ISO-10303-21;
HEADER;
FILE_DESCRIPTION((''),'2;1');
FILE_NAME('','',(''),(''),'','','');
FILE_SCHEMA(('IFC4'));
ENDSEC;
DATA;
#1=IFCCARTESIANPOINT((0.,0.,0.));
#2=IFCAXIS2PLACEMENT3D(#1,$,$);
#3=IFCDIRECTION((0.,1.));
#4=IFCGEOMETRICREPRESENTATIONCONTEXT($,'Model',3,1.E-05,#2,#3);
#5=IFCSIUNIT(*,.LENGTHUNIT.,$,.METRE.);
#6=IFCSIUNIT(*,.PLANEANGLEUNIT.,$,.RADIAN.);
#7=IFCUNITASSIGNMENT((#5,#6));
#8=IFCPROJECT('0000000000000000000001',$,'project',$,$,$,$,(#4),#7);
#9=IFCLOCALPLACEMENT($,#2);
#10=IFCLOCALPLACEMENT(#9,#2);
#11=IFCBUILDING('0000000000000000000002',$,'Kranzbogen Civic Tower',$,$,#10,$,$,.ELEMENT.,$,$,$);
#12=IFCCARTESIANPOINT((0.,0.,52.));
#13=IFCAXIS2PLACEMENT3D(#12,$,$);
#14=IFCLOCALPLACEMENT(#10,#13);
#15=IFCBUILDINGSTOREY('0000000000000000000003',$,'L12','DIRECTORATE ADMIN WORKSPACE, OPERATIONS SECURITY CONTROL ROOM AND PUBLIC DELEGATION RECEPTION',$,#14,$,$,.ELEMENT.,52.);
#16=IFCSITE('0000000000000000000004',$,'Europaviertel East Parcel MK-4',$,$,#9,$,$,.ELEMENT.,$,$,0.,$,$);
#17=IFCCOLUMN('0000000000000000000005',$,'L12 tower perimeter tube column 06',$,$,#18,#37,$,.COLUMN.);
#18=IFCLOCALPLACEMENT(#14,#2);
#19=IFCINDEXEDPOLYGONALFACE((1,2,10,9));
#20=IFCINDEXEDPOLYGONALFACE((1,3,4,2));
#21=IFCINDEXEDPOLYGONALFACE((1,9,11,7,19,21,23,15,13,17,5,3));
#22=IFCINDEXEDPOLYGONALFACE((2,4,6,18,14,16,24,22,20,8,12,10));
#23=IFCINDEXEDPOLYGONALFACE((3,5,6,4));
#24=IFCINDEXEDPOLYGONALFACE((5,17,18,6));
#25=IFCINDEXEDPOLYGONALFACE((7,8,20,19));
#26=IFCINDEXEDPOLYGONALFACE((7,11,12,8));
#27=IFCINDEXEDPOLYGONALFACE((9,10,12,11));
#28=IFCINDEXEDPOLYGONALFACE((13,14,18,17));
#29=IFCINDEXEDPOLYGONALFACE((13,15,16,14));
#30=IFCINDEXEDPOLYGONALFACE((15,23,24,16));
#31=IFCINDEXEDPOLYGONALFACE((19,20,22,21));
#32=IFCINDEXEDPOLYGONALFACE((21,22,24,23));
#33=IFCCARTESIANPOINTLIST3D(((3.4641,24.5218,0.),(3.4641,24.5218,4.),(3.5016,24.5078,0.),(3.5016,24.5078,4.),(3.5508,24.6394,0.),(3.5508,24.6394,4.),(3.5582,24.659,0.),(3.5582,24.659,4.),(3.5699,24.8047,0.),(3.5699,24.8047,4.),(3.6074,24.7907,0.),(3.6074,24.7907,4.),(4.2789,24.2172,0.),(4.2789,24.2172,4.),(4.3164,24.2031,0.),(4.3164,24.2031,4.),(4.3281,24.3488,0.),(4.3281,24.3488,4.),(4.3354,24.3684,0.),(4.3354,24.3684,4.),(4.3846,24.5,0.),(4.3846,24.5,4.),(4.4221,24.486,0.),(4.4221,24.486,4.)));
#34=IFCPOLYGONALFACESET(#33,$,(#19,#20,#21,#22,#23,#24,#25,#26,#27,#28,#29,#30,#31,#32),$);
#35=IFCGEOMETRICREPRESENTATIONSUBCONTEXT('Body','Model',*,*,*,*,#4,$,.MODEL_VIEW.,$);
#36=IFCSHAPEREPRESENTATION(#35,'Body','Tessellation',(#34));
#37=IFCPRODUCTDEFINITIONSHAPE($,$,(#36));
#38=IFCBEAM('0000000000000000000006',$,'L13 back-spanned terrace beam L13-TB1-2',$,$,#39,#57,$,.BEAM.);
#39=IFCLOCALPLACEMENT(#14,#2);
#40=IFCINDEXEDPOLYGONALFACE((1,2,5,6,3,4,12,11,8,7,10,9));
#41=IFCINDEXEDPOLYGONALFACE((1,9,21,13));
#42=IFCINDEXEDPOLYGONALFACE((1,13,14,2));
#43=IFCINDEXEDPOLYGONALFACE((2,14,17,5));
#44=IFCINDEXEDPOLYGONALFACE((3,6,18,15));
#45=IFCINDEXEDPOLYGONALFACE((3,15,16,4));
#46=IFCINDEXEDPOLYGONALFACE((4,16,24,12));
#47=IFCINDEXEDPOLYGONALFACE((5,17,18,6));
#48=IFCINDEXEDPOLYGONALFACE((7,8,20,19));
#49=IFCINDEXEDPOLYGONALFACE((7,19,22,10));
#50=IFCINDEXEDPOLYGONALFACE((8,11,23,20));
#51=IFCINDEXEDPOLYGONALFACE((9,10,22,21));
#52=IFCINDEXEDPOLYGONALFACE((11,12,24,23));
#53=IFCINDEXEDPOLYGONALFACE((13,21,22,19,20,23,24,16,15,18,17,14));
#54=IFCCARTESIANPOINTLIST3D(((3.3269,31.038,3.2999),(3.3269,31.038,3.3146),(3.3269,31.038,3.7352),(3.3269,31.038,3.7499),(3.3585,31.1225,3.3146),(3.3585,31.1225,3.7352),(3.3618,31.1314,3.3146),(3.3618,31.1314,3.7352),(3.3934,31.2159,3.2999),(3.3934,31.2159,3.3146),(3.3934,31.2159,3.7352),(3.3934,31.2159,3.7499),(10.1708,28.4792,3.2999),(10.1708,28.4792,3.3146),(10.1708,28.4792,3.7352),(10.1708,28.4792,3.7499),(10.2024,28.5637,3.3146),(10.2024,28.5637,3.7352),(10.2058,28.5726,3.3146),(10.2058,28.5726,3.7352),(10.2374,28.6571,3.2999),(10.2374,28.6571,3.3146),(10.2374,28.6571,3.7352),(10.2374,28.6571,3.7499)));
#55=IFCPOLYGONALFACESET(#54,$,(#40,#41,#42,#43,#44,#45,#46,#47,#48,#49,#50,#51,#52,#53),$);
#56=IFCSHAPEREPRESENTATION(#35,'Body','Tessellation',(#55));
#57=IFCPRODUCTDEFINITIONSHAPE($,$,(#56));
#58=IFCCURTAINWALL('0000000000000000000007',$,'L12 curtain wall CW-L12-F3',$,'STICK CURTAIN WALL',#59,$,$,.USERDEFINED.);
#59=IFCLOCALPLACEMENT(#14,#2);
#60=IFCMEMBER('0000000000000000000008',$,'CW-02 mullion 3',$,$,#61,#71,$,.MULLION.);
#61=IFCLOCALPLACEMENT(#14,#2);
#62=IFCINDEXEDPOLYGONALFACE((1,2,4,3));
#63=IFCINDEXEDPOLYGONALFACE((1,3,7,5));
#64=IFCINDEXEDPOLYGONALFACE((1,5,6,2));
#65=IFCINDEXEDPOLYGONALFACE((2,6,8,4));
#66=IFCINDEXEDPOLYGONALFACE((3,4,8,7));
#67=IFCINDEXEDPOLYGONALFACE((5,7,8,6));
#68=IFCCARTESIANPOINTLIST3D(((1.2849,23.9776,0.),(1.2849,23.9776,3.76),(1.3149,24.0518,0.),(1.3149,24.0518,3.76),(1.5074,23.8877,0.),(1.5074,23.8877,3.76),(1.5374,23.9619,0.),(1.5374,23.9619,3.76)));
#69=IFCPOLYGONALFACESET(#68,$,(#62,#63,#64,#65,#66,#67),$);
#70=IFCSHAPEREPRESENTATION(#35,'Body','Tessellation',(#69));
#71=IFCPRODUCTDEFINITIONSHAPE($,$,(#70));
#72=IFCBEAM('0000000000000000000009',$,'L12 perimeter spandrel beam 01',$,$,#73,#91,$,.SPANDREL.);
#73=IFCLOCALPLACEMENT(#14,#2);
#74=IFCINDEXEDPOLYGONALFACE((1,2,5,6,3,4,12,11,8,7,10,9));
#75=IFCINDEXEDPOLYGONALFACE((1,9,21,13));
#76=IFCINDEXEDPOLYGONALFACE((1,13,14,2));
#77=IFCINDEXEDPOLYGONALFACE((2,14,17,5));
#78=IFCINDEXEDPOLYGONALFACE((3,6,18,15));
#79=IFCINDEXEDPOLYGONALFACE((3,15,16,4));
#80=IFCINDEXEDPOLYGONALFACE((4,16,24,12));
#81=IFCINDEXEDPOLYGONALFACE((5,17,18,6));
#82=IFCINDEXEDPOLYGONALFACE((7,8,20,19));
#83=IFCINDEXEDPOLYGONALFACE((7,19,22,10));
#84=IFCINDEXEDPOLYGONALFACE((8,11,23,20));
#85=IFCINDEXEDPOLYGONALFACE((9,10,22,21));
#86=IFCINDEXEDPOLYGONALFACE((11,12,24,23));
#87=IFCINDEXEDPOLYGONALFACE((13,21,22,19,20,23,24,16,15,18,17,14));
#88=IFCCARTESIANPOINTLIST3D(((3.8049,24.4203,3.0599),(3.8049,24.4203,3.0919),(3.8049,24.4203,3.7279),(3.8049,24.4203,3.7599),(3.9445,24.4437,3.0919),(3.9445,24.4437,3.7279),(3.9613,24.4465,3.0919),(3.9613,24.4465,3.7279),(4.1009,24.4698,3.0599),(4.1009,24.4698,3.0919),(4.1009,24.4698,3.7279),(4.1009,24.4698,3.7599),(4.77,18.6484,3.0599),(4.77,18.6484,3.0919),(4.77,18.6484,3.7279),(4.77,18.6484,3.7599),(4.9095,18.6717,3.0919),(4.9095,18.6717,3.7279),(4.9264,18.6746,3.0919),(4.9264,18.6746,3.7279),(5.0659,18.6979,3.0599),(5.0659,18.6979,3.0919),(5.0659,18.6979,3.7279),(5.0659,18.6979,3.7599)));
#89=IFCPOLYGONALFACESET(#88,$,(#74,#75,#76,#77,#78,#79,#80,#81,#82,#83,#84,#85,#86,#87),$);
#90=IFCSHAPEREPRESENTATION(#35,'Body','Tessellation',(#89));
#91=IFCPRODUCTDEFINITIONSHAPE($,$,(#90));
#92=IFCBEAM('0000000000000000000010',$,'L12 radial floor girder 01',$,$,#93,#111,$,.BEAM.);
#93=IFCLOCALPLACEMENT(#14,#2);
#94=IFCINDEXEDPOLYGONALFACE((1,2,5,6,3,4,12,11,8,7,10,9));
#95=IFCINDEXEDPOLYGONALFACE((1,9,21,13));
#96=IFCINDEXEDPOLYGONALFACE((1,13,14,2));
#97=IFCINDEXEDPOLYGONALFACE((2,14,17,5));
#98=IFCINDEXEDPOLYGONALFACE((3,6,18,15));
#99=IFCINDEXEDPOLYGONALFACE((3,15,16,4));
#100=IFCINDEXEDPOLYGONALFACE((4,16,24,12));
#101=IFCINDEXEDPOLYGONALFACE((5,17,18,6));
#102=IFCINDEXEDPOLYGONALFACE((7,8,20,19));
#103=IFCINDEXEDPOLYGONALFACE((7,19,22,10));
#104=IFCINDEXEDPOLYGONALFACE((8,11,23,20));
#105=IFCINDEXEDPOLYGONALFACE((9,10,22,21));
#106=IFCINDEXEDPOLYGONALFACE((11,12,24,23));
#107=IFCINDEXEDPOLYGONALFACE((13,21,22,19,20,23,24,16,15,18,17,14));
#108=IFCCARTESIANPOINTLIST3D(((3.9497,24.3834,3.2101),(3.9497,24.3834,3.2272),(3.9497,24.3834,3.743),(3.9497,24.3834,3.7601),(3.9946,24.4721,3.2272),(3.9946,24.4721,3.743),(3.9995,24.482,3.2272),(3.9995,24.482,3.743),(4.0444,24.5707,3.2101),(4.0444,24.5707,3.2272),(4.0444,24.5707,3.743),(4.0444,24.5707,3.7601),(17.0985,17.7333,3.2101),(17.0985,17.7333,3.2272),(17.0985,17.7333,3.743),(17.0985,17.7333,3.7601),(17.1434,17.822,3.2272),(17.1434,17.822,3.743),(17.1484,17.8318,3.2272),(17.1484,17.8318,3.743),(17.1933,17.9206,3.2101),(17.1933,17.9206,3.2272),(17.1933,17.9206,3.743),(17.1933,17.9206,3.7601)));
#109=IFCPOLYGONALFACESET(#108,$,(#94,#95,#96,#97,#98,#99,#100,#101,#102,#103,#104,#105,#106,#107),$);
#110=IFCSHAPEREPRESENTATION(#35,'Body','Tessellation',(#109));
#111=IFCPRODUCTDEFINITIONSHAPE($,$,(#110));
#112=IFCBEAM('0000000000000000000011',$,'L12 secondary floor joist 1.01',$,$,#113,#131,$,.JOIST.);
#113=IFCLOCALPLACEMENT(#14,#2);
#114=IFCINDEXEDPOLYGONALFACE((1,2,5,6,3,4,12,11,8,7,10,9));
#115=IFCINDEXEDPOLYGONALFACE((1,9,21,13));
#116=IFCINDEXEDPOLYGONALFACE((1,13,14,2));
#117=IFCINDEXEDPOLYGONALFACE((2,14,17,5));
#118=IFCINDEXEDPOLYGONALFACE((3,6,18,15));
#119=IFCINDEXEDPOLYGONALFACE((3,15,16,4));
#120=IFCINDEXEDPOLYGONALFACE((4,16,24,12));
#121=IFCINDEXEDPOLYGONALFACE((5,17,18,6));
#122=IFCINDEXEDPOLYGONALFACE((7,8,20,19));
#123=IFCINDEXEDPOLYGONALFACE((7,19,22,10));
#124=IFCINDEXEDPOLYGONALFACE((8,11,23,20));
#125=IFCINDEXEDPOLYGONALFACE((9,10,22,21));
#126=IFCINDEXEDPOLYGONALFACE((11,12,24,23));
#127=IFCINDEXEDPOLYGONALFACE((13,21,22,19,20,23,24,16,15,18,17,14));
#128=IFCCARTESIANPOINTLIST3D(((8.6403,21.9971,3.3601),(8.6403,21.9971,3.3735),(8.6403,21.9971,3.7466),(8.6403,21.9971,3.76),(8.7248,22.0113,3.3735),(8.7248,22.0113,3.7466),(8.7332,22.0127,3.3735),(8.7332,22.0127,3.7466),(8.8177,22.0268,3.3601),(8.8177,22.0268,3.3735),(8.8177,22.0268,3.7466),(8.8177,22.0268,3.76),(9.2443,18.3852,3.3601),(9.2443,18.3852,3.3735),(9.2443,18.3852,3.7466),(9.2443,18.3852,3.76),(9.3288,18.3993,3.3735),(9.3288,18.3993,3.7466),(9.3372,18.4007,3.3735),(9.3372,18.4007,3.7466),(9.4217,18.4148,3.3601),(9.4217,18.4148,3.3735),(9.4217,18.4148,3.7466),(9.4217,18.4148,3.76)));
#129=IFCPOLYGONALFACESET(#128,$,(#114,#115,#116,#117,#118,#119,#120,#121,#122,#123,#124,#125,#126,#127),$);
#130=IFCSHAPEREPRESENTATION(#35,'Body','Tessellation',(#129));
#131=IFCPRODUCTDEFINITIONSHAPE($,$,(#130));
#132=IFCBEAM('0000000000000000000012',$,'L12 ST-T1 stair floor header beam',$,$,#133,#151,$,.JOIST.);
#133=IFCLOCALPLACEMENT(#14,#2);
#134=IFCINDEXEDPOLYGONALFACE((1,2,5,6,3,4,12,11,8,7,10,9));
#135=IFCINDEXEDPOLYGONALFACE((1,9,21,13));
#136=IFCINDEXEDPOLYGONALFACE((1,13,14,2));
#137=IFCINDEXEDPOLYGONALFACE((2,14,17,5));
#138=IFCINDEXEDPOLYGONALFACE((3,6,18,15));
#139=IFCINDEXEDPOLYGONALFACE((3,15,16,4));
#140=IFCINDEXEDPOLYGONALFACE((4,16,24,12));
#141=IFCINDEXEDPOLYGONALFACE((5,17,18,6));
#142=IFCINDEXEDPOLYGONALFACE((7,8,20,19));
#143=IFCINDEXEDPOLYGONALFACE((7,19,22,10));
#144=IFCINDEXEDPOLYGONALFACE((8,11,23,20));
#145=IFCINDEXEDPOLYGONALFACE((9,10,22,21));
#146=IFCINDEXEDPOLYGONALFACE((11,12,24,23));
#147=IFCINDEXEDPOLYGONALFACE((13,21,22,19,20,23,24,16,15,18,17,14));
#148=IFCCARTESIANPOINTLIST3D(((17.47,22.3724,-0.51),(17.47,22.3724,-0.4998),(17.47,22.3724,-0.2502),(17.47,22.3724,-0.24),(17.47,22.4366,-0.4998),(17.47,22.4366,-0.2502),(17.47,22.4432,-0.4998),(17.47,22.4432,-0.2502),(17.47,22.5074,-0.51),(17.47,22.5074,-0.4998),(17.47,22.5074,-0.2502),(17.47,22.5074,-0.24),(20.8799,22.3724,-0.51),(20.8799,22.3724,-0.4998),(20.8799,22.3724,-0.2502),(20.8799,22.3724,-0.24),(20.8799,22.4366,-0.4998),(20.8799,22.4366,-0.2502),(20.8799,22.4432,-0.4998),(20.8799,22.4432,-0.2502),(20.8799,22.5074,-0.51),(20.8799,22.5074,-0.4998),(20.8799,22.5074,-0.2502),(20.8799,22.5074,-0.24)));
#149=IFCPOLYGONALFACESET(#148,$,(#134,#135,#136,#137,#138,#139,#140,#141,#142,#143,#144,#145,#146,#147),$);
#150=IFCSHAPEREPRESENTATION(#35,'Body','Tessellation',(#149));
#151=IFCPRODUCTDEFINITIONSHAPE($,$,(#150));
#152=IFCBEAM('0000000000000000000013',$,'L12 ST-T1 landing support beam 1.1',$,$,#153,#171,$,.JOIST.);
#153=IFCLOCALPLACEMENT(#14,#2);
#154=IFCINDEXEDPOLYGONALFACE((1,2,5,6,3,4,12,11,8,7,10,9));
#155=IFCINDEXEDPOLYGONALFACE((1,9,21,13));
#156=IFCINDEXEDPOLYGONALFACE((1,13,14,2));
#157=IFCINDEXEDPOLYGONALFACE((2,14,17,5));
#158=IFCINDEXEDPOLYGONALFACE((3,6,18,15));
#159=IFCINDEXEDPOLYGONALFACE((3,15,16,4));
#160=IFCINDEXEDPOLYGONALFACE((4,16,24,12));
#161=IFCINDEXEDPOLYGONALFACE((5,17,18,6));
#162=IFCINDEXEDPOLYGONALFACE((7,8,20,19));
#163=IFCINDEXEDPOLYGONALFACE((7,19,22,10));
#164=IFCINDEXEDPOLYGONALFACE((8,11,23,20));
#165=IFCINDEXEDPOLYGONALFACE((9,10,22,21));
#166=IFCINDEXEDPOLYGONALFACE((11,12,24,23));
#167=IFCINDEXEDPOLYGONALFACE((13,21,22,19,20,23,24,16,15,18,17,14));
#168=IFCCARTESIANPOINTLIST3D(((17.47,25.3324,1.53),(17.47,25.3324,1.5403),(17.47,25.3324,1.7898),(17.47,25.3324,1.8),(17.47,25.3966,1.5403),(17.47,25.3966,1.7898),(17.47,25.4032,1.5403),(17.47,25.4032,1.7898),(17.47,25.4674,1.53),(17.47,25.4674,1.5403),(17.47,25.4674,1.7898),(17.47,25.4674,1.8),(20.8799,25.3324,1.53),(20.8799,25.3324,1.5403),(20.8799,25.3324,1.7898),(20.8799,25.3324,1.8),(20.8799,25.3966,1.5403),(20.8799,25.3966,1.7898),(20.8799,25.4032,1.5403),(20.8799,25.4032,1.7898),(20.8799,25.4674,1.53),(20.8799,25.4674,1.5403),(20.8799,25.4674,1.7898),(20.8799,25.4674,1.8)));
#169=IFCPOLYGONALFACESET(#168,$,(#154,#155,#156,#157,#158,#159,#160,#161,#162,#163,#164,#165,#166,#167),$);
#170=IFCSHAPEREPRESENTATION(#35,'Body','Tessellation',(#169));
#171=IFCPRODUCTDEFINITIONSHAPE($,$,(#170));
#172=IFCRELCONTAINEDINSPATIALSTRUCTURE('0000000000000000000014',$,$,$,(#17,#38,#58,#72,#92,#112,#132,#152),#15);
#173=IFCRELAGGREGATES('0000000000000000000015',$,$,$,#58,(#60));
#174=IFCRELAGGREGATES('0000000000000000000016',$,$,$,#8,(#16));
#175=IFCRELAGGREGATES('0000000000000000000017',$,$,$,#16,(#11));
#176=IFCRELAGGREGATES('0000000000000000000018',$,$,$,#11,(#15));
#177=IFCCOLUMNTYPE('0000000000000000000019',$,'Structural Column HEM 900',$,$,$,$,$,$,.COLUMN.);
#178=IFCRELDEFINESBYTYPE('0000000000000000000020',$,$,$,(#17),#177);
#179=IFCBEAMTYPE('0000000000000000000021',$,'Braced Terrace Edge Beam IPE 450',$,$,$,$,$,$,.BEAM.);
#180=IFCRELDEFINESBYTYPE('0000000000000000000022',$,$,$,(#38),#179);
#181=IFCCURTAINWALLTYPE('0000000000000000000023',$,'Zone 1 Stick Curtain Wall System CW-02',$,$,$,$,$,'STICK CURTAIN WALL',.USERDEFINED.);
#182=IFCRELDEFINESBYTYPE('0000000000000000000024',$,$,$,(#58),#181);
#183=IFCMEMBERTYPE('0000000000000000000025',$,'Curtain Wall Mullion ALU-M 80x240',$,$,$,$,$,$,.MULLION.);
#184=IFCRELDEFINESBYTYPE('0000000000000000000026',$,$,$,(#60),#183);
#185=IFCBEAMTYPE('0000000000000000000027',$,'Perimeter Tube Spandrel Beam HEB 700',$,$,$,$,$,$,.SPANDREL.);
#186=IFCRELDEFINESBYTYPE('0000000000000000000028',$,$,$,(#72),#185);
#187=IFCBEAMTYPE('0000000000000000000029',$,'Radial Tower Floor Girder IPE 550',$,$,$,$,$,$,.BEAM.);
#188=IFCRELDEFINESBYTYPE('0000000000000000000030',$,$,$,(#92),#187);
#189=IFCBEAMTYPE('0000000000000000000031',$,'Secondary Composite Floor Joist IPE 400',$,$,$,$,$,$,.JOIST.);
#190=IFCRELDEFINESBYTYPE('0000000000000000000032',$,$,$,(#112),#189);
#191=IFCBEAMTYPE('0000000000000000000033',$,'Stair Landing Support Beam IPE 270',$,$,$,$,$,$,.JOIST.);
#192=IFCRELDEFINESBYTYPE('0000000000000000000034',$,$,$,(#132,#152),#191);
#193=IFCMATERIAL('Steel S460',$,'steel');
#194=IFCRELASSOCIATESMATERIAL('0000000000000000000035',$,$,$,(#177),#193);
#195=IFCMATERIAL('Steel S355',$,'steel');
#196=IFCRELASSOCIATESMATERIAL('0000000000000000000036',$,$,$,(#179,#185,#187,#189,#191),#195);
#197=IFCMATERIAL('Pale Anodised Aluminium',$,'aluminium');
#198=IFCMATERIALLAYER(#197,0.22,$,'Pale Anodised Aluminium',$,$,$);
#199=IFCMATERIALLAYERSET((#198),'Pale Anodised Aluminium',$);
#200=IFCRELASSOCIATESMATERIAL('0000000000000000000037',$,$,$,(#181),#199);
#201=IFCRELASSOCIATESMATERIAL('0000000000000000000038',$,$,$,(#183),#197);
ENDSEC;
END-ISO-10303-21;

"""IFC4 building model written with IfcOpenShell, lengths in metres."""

from ifc_helpers import new_model, si_unit, direction, frame, origin, origin_2d, place, context, subcontext, project, spatial, rectangle, i_section, extrude, material, layer, layer_set, material_profile, profile_set, type_object, element, aggregate, save


model = new_model("IFC4")

# Units and contexts
model_context = context("Model", 3, precision=1e-05, world=origin(), true_north=direction((0.0, 1.0)))
body_context = subcontext(model_context, "Body", "Model", "MODEL_VIEW")
ifc_project = project(units=[si_unit("LENGTHUNIT", "METRE"), si_unit("PLANEANGLEUNIT", "RADIAN")], contexts=[model_context])

# Site, building, storey
site_placement = place(None, origin())
site = spatial("IfcSite", under=ifc_project, at=site_placement, Name="Europaviertel East Parcel MK-4", CompositionType="ELEMENT", RefElevation=0.0)
building_placement = place(site_placement, origin())
building = spatial("IfcBuilding", under=site, at=building_placement, Name="Kranzbogen Civic Tower", CompositionType="ELEMENT")
storey_placement = place(building_placement, frame((0.0, 0.0, 52.0)))
storey = spatial("IfcBuildingStorey", under=building, at=storey_placement, Name="L12", Description="DIRECTORATE ADMIN WORKSPACE, OPERATIONS SECURITY CONTROL ROOM AND PUBLIC DELEGATION RECEPTION", CompositionType="ELEMENT", Elevation=52.0)

# Column
ifc_material_1 = material(Name="Steel S460", Category="steel")
ifc_material_profile_1 = material_profile(ifc_material_1, i_section(OverallWidth=0.302, OverallDepth=0.9099, WebThickness=0.021, FlangeThickness=0.04, at=origin_2d()), Name="HEM 900")
ifc_profile_set_1 = profile_set([ifc_material_profile_1], Name="Steel S460")
column_type = type_object("IfcColumnType", Name="Structural Column HEM 900", PredefinedType="COLUMN", material=ifc_profile_set_1)
column_placement = place(storey_placement, frame((3.9431, 24.5039, 0.0), z_axis=(0.0, 0.0, 1.0), x_axis=(0.350207, 0.936672, 0.0)))
element("IfcColumn", 1, at=column_placement, inside=storey, type_object=column_type, Name="L12 tower perimeter tube column 06", PredefinedType="COLUMN", context=body_context, shape_type="SweptSolid", body=[
    extrude(i_section(OverallWidth=0.302, OverallDepth=0.9099, WebThickness=0.021, FlangeThickness=0.04, at=origin_2d()), origin(), (0.0, 0.0, 1.0), 4.0),
])

# Beam
ifc_material_2 = material(Name="Steel S355", Category="steel")
ifc_material_profile_2 = material_profile(ifc_material_2, i_section(OverallWidth=0.1899, OverallDepth=0.45, WebThickness=0.0095, FlangeThickness=0.0146, at=origin_2d()), Name="IPE 450")
ifc_profile_set_2 = profile_set([ifc_material_profile_2], Name="Steel S355")
beam_type_1 = type_object("IfcBeamType", Name="Braced Terrace Edge Beam IPE 450", PredefinedType="BEAM", material=ifc_profile_set_2)
beam_1_placement = place(storey_placement, frame((10.2041, 28.5681, 3.5249), z_axis=(-0.936673, 0.350204, 0.0), x_axis=(-0.350204, -0.936673, 0.0)))
element("IfcBeam", 2, at=beam_1_placement, inside=storey, type_object=beam_type_1, Name="L13 back-spanned terrace beam L13-TB1-2", PredefinedType="BEAM", context=body_context, shape_type="SweptSolid", body=[
    extrude(i_section(OverallWidth=0.1899, OverallDepth=0.45, WebThickness=0.0095, FlangeThickness=0.0146, at=origin_2d()), origin(), (0.0, 0.0, 1.0), 7.3066),
])

# Curtain wall, member
ifc_material_3 = material(Name="Pale Anodised Aluminium", Category="aluminium")
ifc_layer_1 = layer(ifc_material_3, 0.22, Name="Pale Anodised Aluminium")
ifc_layer_set_1 = layer_set([ifc_layer_1], Name="Pale Anodised Aluminium")
curtain_wall_type = type_object("IfcCurtainWallType", Name="Zone 1 Stick Curtain Wall System CW-02", ElementType="STICK CURTAIN WALL", PredefinedType="USERDEFINED", material=ifc_layer_set_1)
curtain_wall_placement = place(storey_placement, origin())
curtain_wall = element("IfcCurtainWall", 3, at=curtain_wall_placement, inside=storey, type_object=curtain_wall_type, Name="L12 curtain wall CW-L12-F3", ObjectType="STICK CURTAIN WALL", PredefinedType="USERDEFINED")
ifc_material_profile_3 = material_profile(ifc_material_3, rectangle(XDim=0.0801, YDim=0.24, at=origin_2d()), Name="ALU-M 80x240")
ifc_profile_set_3 = profile_set([ifc_material_profile_3], Name="Pale Anodised Aluminium")
member_type = type_object("IfcMemberType", Name="Curtain Wall Mullion ALU-M 80x240", PredefinedType="MULLION", material=ifc_profile_set_3)
member_placement = place(storey_placement, frame((1.4111, 23.9697, 0.0), z_axis=(0.0, 0.0, 1.0), x_axis=(-0.374583, -0.927193, 0.0)))
member = element("IfcMember", 4, at=member_placement, type_object=member_type, Name="CW-02 mullion 3", PredefinedType="MULLION", context=body_context, shape_type="SweptSolid", body=[
    extrude(rectangle(XDim=0.0801, YDim=0.24, at=origin_2d()), origin(), (0.0, 0.0, 1.0), 3.76),
])

# Beams
ifc_material_profile_4 = material_profile(ifc_material_2, i_section(OverallWidth=0.3, OverallDepth=0.7, WebThickness=0.0171, FlangeThickness=0.032, at=origin_2d()), Name="HEB 700")
ifc_profile_set_4 = profile_set([ifc_material_profile_4], Name="Steel S355")
beam_type_2 = type_object("IfcBeamType", Name="Perimeter Tube Spandrel Beam HEB 700", PredefinedType="SPANDREL", material=ifc_profile_set_4)
beam_2_placement = place(storey_placement, frame((3.9529, 24.4451, 3.4099), z_axis=(0.164913, -0.986308, 0.0), x_axis=(0.986308, 0.164913, 0.0)))
element("IfcBeam", 5, at=beam_2_placement, inside=storey, type_object=beam_type_2, Name="L12 perimeter spandrel beam 01", PredefinedType="SPANDREL", context=body_context, shape_type="SweptSolid", body=[
    extrude(i_section(OverallWidth=0.3, OverallDepth=0.7, WebThickness=0.0171, FlangeThickness=0.032, at=origin_2d()), origin(), (0.0, 0.0, 1.0), 5.8521),
])
ifc_material_profile_5 = material_profile(ifc_material_2, i_section(OverallWidth=0.21, OverallDepth=0.55, WebThickness=0.011, FlangeThickness=0.0171, at=origin_2d()), Name="IPE 550")
ifc_profile_set_5 = profile_set([ifc_material_profile_5], Name="Steel S355")
beam_type_3 = type_object("IfcBeamType", Name="Radial Tower Floor Girder IPE 550", PredefinedType="BEAM", material=ifc_profile_set_5)
beam_3_placement = place(storey_placement, frame((3.9971, 24.4771, 3.4851), z_axis=(0.892363, -0.451318, 0.0), x_axis=(0.451318, 0.892363, 0.0)))
element("IfcBeam", 6, at=beam_3_placement, inside=storey, type_object=beam_type_3, Name="L12 radial floor girder 01", PredefinedType="BEAM", context=body_context, shape_type="SweptSolid", body=[
    extrude(i_section(OverallWidth=0.21, OverallDepth=0.55, WebThickness=0.011, FlangeThickness=0.0171, at=origin_2d()), origin(), (0.0, 0.0, 1.0), 14.7349),
])
ifc_material_profile_6 = material_profile(ifc_material_2, i_section(OverallWidth=0.1799, OverallDepth=0.3999, WebThickness=0.0085, FlangeThickness=0.0134, at=origin_2d()), Name="IPE 400")
ifc_profile_set_6 = profile_set([ifc_material_profile_6], Name="Steel S355")
beam_type_4 = type_object("IfcBeamType", Name="Secondary Composite Floor Joist IPE 400", PredefinedType="JOIST", material=ifc_profile_set_6)
beam_4_placement = place(storey_placement, frame((8.729, 22.012, 3.5601), z_axis=(0.164929, -0.986305, 0.0), x_axis=(0.986305, 0.164929, 0.0)))
element("IfcBeam", 7, at=beam_4_placement, inside=storey, type_object=beam_type_4, Name="L12 secondary floor joist 1.01", PredefinedType="JOIST", context=body_context, shape_type="SweptSolid", body=[
    extrude(i_section(OverallWidth=0.1799, OverallDepth=0.3999, WebThickness=0.0085, FlangeThickness=0.0134, at=origin_2d()), origin(), (0.0, 0.0, 1.0), 3.6621),
])
ifc_material_profile_7 = material_profile(ifc_material_2, i_section(OverallWidth=0.135, OverallDepth=0.27, WebThickness=0.0066, FlangeThickness=0.0103, at=origin_2d()), Name="IPE 270")
ifc_profile_set_7 = profile_set([ifc_material_profile_7], Name="Steel S355")
beam_type_5 = type_object("IfcBeamType", Name="Stair Landing Support Beam IPE 270", PredefinedType="JOIST", material=ifc_profile_set_7)
for number, where, z_axis, x_axis, name in (
    (8, (20.8799, 22.4399, -0.375), (-1.0, 0.0, 0.0), (0.0, -1.0, 0.0), "L12 ST-T1 stair floor header beam"),
    (9, (20.8799, 25.3999, 1.665), (-1.0, 0.0, 0.0), (0.0, -1.0, 0.0), "L12 ST-T1 landing support beam 1.1"),
):
    element("IfcBeam", number, at=place(storey_placement, frame(where, z_axis=z_axis, x_axis=x_axis)), inside=storey, type_object=beam_type_5, Name=name, PredefinedType="JOIST", context=body_context, shape_type="SweptSolid", body=[
        extrude(i_section(OverallWidth=0.135, OverallDepth=0.27, WebThickness=0.0066, FlangeThickness=0.0103, at=origin_2d()), origin(), (0.0, 0.0, 1.0), 3.4099),
    ])

aggregate(curtain_wall, [member])

save(model, "model.ifc")
